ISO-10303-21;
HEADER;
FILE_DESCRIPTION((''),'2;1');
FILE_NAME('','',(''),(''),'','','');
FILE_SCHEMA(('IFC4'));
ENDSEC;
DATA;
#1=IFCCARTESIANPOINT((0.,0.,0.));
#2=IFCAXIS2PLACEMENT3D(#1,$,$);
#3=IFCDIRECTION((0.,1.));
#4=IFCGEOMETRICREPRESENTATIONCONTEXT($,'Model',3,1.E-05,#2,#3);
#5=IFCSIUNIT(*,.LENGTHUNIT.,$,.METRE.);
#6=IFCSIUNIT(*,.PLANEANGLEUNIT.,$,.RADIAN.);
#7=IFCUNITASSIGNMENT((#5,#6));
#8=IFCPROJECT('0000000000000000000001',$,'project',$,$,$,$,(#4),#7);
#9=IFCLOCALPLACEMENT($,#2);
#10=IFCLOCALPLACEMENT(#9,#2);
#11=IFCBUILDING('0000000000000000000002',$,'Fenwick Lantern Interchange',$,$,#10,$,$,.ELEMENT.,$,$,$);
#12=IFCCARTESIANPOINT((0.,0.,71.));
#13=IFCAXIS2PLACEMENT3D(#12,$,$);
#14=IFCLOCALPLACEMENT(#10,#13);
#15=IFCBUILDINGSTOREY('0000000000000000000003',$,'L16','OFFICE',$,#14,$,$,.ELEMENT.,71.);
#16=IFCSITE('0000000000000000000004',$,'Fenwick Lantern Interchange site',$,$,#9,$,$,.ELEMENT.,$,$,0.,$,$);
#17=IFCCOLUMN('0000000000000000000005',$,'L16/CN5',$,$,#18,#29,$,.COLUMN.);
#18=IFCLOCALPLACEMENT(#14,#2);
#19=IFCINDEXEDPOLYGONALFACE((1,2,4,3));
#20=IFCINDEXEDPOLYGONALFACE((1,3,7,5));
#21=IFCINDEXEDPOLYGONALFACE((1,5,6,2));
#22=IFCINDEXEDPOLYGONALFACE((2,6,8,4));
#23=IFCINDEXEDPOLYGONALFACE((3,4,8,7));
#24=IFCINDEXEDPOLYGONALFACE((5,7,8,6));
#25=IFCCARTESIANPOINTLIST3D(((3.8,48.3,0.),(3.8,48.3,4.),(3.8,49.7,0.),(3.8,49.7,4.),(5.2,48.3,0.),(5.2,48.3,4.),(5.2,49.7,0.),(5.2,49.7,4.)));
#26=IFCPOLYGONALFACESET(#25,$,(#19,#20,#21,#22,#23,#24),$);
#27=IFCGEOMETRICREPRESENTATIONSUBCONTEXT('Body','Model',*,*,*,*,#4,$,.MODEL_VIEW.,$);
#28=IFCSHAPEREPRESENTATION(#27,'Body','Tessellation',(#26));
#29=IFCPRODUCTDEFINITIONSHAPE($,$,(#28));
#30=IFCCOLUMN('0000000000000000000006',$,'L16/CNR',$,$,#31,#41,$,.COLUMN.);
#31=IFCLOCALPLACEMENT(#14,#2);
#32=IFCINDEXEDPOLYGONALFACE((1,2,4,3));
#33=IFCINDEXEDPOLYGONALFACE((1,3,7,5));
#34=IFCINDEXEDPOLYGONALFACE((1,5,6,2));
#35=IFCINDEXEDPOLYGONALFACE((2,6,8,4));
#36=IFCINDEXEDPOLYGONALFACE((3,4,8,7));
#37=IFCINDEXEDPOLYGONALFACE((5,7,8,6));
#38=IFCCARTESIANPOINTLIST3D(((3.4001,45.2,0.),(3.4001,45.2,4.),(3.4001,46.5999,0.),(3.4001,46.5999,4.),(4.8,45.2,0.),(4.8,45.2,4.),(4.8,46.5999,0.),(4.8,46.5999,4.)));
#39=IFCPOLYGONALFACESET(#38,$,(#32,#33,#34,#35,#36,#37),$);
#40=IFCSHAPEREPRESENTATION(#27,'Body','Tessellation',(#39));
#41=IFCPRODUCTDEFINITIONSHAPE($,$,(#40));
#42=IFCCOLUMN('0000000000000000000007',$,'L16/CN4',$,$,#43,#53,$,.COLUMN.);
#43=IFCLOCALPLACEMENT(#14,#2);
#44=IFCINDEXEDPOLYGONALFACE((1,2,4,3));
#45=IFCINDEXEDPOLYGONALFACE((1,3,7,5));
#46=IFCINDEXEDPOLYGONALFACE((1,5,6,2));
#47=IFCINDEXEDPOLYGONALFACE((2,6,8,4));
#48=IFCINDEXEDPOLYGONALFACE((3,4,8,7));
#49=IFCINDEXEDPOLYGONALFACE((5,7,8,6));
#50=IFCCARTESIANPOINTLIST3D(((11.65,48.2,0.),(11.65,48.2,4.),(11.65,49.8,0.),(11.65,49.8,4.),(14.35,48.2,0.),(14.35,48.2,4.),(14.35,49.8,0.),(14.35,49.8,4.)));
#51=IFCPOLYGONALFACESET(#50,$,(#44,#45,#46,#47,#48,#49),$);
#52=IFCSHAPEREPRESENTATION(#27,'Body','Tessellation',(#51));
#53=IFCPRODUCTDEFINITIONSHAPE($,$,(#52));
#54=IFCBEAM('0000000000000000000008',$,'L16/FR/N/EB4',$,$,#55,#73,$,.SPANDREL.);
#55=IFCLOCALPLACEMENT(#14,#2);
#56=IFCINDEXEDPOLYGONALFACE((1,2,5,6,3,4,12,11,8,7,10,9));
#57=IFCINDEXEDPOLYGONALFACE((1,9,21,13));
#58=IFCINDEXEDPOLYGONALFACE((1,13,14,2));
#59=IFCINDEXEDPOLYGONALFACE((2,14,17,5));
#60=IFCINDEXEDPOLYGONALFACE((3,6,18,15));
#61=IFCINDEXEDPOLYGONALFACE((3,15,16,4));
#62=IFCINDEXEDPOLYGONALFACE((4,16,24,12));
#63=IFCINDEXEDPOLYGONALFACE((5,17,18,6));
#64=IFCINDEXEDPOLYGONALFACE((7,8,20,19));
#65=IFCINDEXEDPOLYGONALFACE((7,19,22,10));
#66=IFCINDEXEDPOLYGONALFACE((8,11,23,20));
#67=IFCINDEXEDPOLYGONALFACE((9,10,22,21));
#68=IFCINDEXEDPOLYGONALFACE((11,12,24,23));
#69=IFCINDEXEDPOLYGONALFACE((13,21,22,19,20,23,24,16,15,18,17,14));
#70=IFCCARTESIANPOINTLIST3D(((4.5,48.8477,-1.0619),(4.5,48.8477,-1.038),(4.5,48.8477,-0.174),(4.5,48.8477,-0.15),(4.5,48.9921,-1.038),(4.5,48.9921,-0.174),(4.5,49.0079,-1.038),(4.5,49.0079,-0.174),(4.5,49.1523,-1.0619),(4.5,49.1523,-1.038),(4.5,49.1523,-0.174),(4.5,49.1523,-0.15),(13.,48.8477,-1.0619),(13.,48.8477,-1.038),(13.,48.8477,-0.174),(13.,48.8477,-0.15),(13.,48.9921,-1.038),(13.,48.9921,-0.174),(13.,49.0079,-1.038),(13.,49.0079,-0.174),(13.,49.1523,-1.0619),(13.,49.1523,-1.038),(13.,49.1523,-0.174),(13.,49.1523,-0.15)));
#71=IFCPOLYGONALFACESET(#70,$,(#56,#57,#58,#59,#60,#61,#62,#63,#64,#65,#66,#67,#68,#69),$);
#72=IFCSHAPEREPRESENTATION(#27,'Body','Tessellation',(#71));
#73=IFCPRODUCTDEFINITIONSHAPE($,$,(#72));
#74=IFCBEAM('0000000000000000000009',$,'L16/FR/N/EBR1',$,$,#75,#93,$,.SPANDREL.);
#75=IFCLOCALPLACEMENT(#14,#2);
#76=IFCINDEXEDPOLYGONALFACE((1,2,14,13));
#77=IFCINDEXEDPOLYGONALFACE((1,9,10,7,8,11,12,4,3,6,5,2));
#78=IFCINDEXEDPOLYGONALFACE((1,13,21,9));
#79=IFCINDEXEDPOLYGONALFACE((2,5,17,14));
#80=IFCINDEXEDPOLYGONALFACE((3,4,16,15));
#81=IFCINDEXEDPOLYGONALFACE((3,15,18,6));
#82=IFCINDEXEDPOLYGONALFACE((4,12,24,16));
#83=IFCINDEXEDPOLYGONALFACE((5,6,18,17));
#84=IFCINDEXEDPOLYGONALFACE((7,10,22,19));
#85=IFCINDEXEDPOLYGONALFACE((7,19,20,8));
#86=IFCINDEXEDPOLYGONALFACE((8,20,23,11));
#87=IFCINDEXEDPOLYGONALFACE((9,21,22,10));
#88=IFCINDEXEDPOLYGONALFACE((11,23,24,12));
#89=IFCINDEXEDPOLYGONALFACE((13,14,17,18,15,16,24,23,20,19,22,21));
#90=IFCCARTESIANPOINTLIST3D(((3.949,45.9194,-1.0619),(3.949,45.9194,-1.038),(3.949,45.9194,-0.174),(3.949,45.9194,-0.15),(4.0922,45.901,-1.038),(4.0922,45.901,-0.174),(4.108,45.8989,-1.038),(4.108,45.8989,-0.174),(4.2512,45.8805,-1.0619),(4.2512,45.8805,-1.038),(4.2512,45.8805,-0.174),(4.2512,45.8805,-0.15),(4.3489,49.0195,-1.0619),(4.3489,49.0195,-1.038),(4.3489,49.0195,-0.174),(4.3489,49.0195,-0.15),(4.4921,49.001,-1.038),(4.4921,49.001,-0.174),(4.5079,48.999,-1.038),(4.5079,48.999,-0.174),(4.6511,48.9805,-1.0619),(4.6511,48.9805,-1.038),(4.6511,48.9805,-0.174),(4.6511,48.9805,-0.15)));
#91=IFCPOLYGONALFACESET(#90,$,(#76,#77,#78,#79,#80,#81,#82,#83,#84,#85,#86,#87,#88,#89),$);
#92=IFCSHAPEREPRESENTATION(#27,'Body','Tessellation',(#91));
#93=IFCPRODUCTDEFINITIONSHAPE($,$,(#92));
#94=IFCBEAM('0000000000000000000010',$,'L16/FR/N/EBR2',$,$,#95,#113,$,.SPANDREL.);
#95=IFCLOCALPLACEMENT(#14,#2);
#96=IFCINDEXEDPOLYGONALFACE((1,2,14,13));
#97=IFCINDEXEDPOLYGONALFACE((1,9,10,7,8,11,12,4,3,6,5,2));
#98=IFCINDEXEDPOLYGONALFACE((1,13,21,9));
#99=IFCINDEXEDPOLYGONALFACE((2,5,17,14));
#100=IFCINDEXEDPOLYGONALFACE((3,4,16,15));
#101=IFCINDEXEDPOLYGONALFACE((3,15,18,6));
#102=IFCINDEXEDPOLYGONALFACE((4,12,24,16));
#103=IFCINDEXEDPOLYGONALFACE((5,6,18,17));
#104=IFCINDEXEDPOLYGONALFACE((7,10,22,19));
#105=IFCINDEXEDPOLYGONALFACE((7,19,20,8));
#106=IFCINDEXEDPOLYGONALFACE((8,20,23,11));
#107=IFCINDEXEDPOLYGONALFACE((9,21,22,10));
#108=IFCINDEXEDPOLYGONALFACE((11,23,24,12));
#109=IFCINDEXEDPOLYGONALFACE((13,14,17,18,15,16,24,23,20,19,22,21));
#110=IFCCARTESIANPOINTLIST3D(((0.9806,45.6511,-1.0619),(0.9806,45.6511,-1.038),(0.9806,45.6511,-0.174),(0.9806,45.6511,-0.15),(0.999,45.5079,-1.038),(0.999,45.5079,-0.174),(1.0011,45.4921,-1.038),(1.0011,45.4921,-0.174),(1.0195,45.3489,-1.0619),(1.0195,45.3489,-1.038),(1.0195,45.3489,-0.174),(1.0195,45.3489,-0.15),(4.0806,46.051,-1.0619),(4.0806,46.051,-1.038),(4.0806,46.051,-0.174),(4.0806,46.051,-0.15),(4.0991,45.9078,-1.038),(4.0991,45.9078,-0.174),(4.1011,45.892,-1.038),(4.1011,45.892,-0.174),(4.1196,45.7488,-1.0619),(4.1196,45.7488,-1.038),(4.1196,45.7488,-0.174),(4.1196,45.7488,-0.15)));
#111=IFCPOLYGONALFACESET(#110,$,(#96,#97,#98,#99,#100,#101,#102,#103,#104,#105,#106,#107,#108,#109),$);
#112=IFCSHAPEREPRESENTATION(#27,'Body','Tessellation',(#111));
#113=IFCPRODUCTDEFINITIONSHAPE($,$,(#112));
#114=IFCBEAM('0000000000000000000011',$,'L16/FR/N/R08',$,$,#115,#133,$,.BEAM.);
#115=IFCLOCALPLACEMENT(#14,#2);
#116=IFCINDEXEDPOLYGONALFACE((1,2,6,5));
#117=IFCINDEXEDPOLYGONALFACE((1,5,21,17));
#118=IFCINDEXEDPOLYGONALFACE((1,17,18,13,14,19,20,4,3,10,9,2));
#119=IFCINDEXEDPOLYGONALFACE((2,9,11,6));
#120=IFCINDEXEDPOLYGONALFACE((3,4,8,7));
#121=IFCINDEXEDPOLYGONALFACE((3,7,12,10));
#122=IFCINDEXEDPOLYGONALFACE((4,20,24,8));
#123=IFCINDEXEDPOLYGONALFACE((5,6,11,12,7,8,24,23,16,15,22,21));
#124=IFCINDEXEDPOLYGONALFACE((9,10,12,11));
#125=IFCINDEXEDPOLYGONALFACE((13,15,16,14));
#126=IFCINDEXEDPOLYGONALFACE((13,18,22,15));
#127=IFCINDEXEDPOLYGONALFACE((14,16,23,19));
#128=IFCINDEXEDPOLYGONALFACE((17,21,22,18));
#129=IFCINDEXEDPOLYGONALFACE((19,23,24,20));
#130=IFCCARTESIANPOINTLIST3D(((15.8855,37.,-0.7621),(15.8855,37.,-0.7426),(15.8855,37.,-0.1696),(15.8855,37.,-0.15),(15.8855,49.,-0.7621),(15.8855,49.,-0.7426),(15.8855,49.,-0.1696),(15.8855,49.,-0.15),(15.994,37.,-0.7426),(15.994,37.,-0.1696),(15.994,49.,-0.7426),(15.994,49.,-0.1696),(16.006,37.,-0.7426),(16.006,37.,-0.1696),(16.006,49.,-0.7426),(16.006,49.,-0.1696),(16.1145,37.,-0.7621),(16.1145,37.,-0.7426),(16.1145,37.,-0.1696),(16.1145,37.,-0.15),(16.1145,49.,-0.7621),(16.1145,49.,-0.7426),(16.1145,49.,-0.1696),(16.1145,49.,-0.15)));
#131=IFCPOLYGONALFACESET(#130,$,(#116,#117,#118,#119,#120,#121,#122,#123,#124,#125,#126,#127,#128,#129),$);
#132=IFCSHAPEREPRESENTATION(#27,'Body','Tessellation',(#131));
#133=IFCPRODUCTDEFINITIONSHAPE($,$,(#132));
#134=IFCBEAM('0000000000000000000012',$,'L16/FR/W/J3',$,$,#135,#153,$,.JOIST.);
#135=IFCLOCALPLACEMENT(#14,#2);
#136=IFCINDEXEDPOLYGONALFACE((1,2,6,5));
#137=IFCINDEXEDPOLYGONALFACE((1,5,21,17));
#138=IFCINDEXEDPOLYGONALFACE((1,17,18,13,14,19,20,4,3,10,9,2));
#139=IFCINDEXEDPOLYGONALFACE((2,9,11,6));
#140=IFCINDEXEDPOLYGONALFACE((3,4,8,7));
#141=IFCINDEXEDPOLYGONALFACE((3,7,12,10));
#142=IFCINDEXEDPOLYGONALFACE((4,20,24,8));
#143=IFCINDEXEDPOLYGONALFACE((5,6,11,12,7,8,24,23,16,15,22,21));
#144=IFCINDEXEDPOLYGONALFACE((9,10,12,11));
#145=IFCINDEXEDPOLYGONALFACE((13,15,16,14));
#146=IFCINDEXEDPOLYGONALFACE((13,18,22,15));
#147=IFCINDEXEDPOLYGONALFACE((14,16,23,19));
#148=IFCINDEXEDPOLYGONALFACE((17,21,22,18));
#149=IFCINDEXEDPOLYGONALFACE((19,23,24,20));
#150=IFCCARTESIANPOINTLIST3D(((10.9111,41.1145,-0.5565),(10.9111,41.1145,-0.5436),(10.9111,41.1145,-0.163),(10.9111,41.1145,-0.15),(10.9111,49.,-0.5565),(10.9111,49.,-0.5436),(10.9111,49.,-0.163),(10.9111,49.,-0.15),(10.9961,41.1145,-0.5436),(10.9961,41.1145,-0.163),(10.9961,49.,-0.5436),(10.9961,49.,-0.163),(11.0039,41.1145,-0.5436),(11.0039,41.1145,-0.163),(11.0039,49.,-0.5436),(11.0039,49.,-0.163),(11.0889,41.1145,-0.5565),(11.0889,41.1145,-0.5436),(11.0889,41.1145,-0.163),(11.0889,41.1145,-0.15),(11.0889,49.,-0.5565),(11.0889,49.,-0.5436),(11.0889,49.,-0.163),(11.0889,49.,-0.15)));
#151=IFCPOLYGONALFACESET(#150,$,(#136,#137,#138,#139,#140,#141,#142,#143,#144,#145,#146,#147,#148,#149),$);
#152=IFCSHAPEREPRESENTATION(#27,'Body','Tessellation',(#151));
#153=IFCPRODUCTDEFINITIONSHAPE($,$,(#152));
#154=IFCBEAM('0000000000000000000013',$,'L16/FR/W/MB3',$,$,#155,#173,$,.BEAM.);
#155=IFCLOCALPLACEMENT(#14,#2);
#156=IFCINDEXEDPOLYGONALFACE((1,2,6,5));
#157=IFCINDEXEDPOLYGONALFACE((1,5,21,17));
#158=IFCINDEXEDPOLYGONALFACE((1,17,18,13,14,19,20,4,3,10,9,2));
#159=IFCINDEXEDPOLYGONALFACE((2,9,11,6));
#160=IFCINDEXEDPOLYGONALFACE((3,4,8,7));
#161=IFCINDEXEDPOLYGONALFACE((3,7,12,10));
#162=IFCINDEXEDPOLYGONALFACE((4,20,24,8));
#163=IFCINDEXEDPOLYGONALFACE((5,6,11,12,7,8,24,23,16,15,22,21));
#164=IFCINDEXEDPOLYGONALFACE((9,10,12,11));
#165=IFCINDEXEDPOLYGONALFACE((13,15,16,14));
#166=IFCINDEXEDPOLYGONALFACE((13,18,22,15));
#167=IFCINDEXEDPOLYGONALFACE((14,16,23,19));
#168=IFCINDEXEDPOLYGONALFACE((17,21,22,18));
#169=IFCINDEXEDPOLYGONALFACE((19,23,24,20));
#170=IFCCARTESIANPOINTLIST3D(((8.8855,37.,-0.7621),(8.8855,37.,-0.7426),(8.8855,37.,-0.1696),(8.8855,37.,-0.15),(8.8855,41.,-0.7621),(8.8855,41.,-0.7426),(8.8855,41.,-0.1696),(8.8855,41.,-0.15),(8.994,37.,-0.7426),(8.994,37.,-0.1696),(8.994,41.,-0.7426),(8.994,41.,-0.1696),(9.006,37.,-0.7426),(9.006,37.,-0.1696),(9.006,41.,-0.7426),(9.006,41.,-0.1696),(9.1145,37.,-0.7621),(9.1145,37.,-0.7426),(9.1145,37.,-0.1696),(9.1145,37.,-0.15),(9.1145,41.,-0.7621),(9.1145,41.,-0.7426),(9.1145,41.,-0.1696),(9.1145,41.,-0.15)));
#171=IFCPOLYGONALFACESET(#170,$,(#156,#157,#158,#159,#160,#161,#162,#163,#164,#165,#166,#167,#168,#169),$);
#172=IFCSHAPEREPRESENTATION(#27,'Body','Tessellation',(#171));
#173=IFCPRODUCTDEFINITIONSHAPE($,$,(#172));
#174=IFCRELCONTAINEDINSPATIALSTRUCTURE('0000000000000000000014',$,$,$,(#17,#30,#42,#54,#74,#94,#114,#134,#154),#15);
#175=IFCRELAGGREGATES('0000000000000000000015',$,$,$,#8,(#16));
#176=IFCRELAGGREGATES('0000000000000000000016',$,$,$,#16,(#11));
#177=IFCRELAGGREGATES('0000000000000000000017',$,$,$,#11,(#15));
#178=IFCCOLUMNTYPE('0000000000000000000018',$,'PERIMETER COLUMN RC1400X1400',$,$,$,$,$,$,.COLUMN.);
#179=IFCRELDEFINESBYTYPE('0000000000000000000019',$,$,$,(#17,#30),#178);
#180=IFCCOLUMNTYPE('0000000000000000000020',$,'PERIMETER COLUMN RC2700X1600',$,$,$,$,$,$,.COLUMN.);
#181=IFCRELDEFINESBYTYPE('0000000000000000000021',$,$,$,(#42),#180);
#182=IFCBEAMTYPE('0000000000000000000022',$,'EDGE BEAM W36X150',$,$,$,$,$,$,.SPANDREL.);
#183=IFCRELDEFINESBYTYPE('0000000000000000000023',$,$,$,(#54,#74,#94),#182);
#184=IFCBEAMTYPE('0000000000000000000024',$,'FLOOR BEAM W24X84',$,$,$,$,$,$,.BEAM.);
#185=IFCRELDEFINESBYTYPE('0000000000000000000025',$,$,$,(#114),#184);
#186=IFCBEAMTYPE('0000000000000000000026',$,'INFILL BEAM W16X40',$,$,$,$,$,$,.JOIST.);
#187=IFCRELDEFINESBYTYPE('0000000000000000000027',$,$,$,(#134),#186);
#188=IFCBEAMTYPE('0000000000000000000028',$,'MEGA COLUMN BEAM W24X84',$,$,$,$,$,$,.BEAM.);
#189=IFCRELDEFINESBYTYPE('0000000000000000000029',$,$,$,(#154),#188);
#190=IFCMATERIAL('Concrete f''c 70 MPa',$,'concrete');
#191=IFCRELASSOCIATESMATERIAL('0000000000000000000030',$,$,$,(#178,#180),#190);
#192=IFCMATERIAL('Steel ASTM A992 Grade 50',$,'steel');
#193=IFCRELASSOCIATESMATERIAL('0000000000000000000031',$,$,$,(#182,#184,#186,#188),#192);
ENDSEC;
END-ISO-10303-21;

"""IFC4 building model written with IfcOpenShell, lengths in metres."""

from ifc_helpers import new_model, si_unit, direction, frame, origin, origin_2d, place, context, subcontext, project, spatial, rectangle, i_section, extrude, material, material_profile, profile_set, type_object, element, save


model = new_model("IFC4")

# Units and contexts
model_context = context("Model", 3, precision=1e-05, world=origin(), true_north=direction((0.0, 1.0)))
body_context = subcontext(model_context, "Body", "Model", "MODEL_VIEW")
ifc_project = project(units=[si_unit("LENGTHUNIT", "METRE"), si_unit("PLANEANGLEUNIT", "RADIAN")], contexts=[model_context])

# Site, building, storey
site_placement = place(None, origin())
site = spatial("IfcSite", under=ifc_project, at=site_placement, Name="Fenwick Lantern Interchange site", CompositionType="ELEMENT", RefElevation=0.0)
building_placement = place(site_placement, origin())
building = spatial("IfcBuilding", under=site, at=building_placement, Name="Fenwick Lantern Interchange", CompositionType="ELEMENT")
storey_placement = place(building_placement, frame((0.0, 0.0, 71.0)))
storey = spatial("IfcBuildingStorey", under=building, at=storey_placement, Name="L16", Description="OFFICE", CompositionType="ELEMENT", Elevation=71.0)

# Columns
ifc_material_1 = material(Name="Concrete f'c 70 MPa", Category="concrete")
ifc_material_profile_1 = material_profile(ifc_material_1, rectangle(XDim=1.3999, YDim=1.3999, at=origin_2d()), Name="RC1400X1400")
ifc_profile_set_1 = profile_set([ifc_material_profile_1], Name="Concrete f'c 70 MPa")
column_type_1 = type_object("IfcColumnType", Name="PERIMETER COLUMN RC1400X1400", PredefinedType="COLUMN", material=ifc_profile_set_1)
for number, where, z_axis, x_axis, name in (
    (1, (4.5, 49.0, 0.0), (0.0, 0.0, 1.0), (1.0, 0.0, 0.0), "L16/CN5"),
    (2, (4.1001, 45.8999, 0.0), (0.0, 0.0, 1.0), (1.0, 0.0, 0.0), "L16/CNR"),
):
    element("IfcColumn", number, at=place(storey_placement, frame(where, z_axis=z_axis, x_axis=x_axis)), inside=storey, type_object=column_type_1, Name=name, PredefinedType="COLUMN", context=body_context, shape_type="SweptSolid", body=[
        extrude(rectangle(XDim=1.3999, YDim=1.3999, at=origin_2d()), origin(), (0.0, 0.0, 1.0), 4.0),
    ])
ifc_material_profile_2 = material_profile(ifc_material_1, rectangle(XDim=2.7, YDim=1.6001, at=origin_2d()), Name="RC2700X1600")
ifc_profile_set_2 = profile_set([ifc_material_profile_2], Name="Concrete f'c 70 MPa")
column_type_2 = type_object("IfcColumnType", Name="PERIMETER COLUMN RC2700X1600", PredefinedType="COLUMN", material=ifc_profile_set_2)
column_placement = place(storey_placement, frame((13.0, 49.0, 0.0), z_axis=(0.0, 0.0, 1.0), x_axis=(1.0, 0.0, 0.0)))
element("IfcColumn", 3, at=column_placement, inside=storey, type_object=column_type_2, Name="L16/CN4", PredefinedType="COLUMN", context=body_context, shape_type="SweptSolid", body=[
    extrude(rectangle(XDim=2.7, YDim=1.6001, at=origin_2d()), origin(), (0.0, 0.0, 1.0), 4.0),
])

# Beams
ifc_material_2 = material(Name="Steel ASTM A992 Grade 50", Category="steel")
ifc_material_profile_3 = material_profile(ifc_material_2, i_section(OverallWidth=0.3047, OverallDepth=0.9119, WebThickness=0.0159, FlangeThickness=0.0239, at=origin_2d()), Name="W36X150")
ifc_profile_set_3 = profile_set([ifc_material_profile_3], Name="Steel ASTM A992 Grade 50")
beam_type_1 = type_object("IfcBeamType", Name="EDGE BEAM W36X150", PredefinedType="SPANDREL", material=ifc_profile_set_3)
beam_1_placement = place(storey_placement, frame((13.0, 49.0, -0.606), z_axis=(-1.0, 0.0, 0.0), x_axis=(0.0, -1.0, 0.0)))
element("IfcBeam", 4, at=beam_1_placement, inside=storey, type_object=beam_type_1, Name="L16/FR/N/EB4", PredefinedType="SPANDREL", context=body_context, shape_type="SweptSolid", body=[
    extrude(i_section(OverallWidth=0.3047, OverallDepth=0.9119, WebThickness=0.0159, FlangeThickness=0.0239, at=origin_2d()), origin(), (0.0, 0.0, 1.0), 8.5),
])
for number, where, z_axis, x_axis, name in (
    (5, (4.5, 49.0, -0.606), (-0.127937, -0.991782, 0.0), (0.991782, -0.127937, 0.0), "L16/FR/N/EBR1"),
    (6, (4.1001, 45.8999, -0.606), (-0.991782, -0.127937, 0.0), (0.127937, -0.991782, 0.0), "L16/FR/N/EBR2"),
):
    element("IfcBeam", number, at=place(storey_placement, frame(where, z_axis=z_axis, x_axis=x_axis)), inside=storey, type_object=beam_type_1, Name=name, PredefinedType="SPANDREL", context=body_context, shape_type="SweptSolid", body=[
        extrude(i_section(OverallWidth=0.3047, OverallDepth=0.9119, WebThickness=0.0159, FlangeThickness=0.0239, at=origin_2d()), origin(), (0.0, 0.0, 1.0), 3.1257),
    ])
ifc_material_profile_4 = material_profile(ifc_material_2, i_section(OverallWidth=0.229, OverallDepth=0.6121, WebThickness=0.012, FlangeThickness=0.0195, at=origin_2d()), Name="W24X84")
ifc_profile_set_4 = profile_set([ifc_material_profile_4], Name="Steel ASTM A992 Grade 50")
beam_type_2 = type_object("IfcBeamType", Name="FLOOR BEAM W24X84", PredefinedType="BEAM", material=ifc_profile_set_4)
beam_2_placement = place(storey_placement, frame((16.0, 49.0, -0.4561), z_axis=(0.0, -1.0, 0.0), x_axis=(1.0, 0.0, 0.0)))
element("IfcBeam", 7, at=beam_2_placement, inside=storey, type_object=beam_type_2, Name="L16/FR/N/R08", PredefinedType="BEAM", context=body_context, shape_type="SweptSolid", body=[
    extrude(i_section(OverallWidth=0.229, OverallDepth=0.6121, WebThickness=0.012, FlangeThickness=0.0195, at=origin_2d()), origin(), (0.0, 0.0, 1.0), 12.0),
])
ifc_material_profile_5 = material_profile(ifc_material_2, i_section(OverallWidth=0.1777, OverallDepth=0.4065, WebThickness=0.0078, FlangeThickness=0.0129, at=origin_2d()), Name="W16X40")
ifc_profile_set_5 = profile_set([ifc_material_profile_5], Name="Steel ASTM A992 Grade 50")
beam_type_3 = type_object("IfcBeamType", Name="INFILL BEAM W16X40", PredefinedType="JOIST", material=ifc_profile_set_5)
beam_3_placement = place(storey_placement, frame((11.0, 49.0, -0.3533), z_axis=(0.0, -1.0, 0.0), x_axis=(1.0, 0.0, 0.0)))
element("IfcBeam", 8, at=beam_3_placement, inside=storey, type_object=beam_type_3, Name="L16/FR/W/J3", PredefinedType="JOIST", context=body_context, shape_type="SweptSolid", body=[
    extrude(i_section(OverallWidth=0.1777, OverallDepth=0.4065, WebThickness=0.0078, FlangeThickness=0.0129, at=origin_2d()), origin(), (0.0, 0.0, 1.0), 7.8855),
])
ifc_material_profile_6 = material_profile(ifc_material_2, i_section(OverallWidth=0.229, OverallDepth=0.6121, WebThickness=0.012, FlangeThickness=0.0195, at=origin_2d()), Name="W24X84")
ifc_profile_set_6 = profile_set([ifc_material_profile_6], Name="Steel ASTM A992 Grade 50")
beam_type_4 = type_object("IfcBeamType", Name="MEGA COLUMN BEAM W24X84", PredefinedType="BEAM", material=ifc_profile_set_6)
for number, where, z_axis, x_axis, name in (
    (9, (9.0, 41.0, -0.4561), (0.0, -1.0, 0.0), (1.0, 0.0, 0.0), "L16/FR/W/MB3"),
):
    element("IfcBeam", number, at=place(storey_placement, frame(where, z_axis=z_axis, x_axis=x_axis)), inside=storey, type_object=beam_type_4, Name=name, PredefinedType="BEAM", context=body_context, shape_type="SweptSolid", body=[
        extrude(i_section(OverallWidth=0.229, OverallDepth=0.6121, WebThickness=0.012, FlangeThickness=0.0195, at=origin_2d()), origin(), (0.0, 0.0, 1.0), 4.0),
    ])

save(model, "model.ifc")
